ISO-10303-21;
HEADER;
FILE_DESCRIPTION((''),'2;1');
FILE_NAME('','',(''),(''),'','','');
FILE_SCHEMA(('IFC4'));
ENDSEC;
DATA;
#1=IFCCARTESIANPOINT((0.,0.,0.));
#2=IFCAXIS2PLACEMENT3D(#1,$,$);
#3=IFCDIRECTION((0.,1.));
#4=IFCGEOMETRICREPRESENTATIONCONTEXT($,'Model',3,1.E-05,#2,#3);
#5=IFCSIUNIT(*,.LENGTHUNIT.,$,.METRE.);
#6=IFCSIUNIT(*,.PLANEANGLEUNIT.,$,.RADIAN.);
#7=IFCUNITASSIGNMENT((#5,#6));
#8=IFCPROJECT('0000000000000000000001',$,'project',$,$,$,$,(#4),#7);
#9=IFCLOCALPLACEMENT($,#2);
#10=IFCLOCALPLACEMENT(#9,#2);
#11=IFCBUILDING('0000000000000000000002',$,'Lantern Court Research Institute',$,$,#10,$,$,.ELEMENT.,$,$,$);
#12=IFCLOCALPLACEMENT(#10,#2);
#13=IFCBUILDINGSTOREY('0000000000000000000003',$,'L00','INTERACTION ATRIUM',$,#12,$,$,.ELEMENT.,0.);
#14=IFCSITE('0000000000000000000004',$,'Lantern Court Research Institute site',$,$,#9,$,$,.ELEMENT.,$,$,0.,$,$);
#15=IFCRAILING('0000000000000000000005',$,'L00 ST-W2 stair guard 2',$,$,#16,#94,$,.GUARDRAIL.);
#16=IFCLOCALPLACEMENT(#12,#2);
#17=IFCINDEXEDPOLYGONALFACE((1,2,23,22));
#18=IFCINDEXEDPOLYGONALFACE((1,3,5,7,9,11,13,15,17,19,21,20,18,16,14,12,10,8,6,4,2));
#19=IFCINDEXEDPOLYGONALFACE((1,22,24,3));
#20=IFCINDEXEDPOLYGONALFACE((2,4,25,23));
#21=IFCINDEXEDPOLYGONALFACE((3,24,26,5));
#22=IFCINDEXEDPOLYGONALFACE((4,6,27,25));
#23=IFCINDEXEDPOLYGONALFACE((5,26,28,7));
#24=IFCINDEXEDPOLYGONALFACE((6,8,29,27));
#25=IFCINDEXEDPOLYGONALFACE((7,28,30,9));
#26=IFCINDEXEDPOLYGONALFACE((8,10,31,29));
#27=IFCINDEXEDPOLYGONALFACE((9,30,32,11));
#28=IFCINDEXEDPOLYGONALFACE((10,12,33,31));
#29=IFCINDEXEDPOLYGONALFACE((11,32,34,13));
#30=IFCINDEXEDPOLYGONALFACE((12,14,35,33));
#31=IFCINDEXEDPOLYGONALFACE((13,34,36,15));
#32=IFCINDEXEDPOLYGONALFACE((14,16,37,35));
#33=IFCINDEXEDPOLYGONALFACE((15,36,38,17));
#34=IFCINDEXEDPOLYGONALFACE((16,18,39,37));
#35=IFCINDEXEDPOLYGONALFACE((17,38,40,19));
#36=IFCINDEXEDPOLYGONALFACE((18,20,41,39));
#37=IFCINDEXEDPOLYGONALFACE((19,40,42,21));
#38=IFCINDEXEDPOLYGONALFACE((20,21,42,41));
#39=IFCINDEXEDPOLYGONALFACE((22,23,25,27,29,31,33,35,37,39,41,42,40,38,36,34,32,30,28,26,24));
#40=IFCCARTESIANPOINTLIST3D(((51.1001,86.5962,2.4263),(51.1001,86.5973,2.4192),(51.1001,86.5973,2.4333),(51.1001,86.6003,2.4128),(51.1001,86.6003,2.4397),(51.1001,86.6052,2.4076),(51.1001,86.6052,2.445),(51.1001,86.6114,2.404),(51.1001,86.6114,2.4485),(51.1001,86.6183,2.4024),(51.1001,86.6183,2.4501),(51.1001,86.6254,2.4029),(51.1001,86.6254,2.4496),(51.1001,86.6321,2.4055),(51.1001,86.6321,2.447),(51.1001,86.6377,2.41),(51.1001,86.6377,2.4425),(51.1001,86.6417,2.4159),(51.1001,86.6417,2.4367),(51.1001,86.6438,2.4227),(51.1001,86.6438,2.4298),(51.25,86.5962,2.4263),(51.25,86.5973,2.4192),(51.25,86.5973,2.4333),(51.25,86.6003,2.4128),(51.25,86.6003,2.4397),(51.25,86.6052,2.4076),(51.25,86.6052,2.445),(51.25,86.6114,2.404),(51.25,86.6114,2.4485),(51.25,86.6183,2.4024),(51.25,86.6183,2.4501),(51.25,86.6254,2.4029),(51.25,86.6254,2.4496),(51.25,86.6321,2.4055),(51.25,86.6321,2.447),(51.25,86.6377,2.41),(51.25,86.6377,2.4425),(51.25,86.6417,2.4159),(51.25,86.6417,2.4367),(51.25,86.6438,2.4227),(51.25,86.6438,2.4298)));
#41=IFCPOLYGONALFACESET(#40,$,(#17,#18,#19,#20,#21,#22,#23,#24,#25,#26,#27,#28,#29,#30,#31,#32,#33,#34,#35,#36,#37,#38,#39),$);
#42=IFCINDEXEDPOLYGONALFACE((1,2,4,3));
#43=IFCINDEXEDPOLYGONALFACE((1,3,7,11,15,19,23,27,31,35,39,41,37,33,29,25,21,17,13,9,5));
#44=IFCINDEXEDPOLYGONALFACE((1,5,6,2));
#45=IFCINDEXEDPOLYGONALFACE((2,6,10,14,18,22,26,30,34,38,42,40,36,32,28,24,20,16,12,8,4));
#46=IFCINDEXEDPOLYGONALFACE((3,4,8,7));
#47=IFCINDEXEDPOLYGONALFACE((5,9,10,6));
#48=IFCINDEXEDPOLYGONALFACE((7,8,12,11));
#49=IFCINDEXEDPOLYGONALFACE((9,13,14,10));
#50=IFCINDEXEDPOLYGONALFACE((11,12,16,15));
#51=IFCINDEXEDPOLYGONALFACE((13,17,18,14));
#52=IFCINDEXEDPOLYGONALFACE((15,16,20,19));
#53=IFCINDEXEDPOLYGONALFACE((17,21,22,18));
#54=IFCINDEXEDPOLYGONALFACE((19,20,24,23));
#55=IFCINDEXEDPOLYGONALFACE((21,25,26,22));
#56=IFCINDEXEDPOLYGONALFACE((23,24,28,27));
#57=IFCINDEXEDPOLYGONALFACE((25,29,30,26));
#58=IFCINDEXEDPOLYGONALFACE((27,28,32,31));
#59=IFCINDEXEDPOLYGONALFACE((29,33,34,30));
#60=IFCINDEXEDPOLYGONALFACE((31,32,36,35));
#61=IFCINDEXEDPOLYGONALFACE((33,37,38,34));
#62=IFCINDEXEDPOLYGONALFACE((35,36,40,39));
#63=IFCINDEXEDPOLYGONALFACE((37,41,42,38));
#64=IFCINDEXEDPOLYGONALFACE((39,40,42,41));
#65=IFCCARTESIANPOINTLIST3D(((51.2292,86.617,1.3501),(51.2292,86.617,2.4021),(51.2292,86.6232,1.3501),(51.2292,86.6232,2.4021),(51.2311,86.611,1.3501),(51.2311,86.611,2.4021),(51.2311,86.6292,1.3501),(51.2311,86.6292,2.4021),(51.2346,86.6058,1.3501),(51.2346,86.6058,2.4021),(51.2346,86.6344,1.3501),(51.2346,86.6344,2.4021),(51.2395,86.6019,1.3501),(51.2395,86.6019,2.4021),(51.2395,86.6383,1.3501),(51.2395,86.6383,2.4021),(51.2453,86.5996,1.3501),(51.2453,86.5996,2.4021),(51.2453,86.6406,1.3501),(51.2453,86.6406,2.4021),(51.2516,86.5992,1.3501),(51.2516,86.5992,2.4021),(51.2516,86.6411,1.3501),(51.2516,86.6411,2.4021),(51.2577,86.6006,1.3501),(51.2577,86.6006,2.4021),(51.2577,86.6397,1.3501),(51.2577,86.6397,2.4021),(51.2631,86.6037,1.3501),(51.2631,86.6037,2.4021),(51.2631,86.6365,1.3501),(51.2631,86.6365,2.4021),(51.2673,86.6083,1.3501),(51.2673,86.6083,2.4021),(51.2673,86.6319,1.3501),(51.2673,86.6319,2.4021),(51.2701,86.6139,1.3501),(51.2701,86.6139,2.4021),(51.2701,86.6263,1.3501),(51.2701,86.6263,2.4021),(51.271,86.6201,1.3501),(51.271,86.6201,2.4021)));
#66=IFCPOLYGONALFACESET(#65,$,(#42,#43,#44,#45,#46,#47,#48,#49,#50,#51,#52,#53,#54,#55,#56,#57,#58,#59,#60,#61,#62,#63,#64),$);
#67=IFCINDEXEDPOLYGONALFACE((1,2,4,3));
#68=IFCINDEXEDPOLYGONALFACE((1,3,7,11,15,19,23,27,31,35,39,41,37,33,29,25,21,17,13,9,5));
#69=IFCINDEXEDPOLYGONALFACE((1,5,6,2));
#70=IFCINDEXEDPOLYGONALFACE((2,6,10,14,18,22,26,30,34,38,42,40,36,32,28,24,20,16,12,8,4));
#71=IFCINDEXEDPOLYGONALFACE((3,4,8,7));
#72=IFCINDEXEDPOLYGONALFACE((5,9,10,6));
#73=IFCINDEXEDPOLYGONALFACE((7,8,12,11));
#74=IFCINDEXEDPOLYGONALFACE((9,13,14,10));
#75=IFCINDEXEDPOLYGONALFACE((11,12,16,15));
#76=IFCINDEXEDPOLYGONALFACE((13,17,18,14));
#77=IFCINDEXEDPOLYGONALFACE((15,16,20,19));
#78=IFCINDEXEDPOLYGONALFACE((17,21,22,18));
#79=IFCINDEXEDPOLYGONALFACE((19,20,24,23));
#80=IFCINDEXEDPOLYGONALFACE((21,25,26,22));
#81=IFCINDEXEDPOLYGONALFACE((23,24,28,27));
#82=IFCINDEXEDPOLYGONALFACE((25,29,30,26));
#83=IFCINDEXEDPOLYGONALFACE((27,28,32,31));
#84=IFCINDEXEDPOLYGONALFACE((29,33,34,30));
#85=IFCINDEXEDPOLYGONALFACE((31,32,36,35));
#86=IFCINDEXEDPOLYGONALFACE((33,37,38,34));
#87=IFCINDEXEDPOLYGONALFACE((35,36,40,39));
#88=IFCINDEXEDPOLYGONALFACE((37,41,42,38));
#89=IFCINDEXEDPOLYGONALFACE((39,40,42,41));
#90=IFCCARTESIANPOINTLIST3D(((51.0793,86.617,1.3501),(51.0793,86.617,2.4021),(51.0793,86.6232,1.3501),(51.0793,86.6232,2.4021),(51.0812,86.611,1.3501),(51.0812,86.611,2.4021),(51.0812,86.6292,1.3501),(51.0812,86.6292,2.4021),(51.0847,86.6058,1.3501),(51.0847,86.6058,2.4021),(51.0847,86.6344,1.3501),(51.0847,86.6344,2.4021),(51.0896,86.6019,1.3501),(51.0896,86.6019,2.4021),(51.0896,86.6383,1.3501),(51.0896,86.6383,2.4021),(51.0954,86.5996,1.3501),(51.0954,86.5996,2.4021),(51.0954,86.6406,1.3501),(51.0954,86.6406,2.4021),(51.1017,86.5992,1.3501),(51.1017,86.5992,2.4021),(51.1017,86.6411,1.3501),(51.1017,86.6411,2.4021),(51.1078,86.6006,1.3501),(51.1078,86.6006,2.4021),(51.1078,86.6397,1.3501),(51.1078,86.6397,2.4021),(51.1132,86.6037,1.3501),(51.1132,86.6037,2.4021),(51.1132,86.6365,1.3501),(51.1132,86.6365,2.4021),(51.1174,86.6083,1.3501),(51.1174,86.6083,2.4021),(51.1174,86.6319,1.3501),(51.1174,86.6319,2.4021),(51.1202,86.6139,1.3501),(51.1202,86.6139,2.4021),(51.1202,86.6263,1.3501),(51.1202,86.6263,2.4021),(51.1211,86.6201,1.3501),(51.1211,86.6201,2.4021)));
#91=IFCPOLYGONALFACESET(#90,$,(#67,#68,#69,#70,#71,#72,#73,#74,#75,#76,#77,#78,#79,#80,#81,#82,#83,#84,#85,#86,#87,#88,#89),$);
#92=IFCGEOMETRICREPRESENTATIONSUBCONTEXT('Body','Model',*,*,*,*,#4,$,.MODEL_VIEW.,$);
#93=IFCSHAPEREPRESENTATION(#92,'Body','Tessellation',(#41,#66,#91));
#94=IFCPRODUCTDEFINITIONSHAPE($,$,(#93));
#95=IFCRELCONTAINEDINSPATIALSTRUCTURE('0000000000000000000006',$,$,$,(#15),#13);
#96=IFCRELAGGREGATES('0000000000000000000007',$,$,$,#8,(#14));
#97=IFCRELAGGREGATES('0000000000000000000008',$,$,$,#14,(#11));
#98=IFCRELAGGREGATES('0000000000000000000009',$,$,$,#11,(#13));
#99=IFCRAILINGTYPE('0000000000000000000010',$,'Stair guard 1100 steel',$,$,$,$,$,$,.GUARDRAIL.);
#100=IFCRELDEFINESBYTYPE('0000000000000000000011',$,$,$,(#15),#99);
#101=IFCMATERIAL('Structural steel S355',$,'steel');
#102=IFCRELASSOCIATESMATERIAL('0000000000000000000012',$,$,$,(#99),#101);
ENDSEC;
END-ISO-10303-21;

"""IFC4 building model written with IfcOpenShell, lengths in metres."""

from ifc_helpers import new_model, si_unit, direction, frame, origin, origin_2d, place, context, subcontext, project, spatial, circle, extrude, material, type_object, element, save


model = new_model("IFC4")

# Units and contexts
model_context = context("Model", 3, precision=1e-05, world=origin(), true_north=direction((0.0, 1.0)))
body_context = subcontext(model_context, "Body", "Model", "MODEL_VIEW")
ifc_project = project(units=[si_unit("LENGTHUNIT", "METRE"), si_unit("PLANEANGLEUNIT", "RADIAN")], contexts=[model_context])

# Site, building, storey
site_placement = place(None, origin())
site = spatial("IfcSite", under=ifc_project, at=site_placement, Name="Lantern Court Research Institute site", CompositionType="ELEMENT", RefElevation=0.0)
building_placement = place(site_placement, origin())
building = spatial("IfcBuilding", under=site, at=building_placement, Name="Lantern Court Research Institute", CompositionType="ELEMENT")
storey_placement = place(building_placement, origin())
storey = spatial("IfcBuildingStorey", under=building, at=storey_placement, Name="L00", Description="INTERACTION ATRIUM", CompositionType="ELEMENT", Elevation=0.0)

# Railing
ifc_material_1 = material(Name="Structural steel S355", Category="steel")
railing_type_1 = type_object("IfcRailingType", Name="Stair guard 1100 steel", PredefinedType="GUARDRAIL", material=ifc_material_1)
railing_1_placement = place(storey_placement, frame((51.25, 86.6201, 1.3501)))
element("IfcRailing", 1, at=railing_1_placement, inside=storey, type_object=railing_type_1, Name="L00 ST-W2 stair guard 2", PredefinedType="GUARDRAIL", context=body_context, shape_type="SweptSolid", body=[
    extrude(circle(Radius=0.0239, at=origin_2d()), frame((0.0, 0.0, 1.0762), z_axis=(-1.0, 0.0, 0.0), x_axis=(0.0, -1.0, 0.0)), (0.0, 0.0, 1.0), 0.1499),
    extrude(circle(Radius=0.021, at=origin_2d()), origin(), (0.0, 0.0, 1.0), 1.052),
    extrude(circle(Radius=0.021, at=origin_2d()), frame((-0.1499, 0.0, 0.0)), (0.0, 0.0, 1.0), 1.052),
])

save(model, "model.ifc")
